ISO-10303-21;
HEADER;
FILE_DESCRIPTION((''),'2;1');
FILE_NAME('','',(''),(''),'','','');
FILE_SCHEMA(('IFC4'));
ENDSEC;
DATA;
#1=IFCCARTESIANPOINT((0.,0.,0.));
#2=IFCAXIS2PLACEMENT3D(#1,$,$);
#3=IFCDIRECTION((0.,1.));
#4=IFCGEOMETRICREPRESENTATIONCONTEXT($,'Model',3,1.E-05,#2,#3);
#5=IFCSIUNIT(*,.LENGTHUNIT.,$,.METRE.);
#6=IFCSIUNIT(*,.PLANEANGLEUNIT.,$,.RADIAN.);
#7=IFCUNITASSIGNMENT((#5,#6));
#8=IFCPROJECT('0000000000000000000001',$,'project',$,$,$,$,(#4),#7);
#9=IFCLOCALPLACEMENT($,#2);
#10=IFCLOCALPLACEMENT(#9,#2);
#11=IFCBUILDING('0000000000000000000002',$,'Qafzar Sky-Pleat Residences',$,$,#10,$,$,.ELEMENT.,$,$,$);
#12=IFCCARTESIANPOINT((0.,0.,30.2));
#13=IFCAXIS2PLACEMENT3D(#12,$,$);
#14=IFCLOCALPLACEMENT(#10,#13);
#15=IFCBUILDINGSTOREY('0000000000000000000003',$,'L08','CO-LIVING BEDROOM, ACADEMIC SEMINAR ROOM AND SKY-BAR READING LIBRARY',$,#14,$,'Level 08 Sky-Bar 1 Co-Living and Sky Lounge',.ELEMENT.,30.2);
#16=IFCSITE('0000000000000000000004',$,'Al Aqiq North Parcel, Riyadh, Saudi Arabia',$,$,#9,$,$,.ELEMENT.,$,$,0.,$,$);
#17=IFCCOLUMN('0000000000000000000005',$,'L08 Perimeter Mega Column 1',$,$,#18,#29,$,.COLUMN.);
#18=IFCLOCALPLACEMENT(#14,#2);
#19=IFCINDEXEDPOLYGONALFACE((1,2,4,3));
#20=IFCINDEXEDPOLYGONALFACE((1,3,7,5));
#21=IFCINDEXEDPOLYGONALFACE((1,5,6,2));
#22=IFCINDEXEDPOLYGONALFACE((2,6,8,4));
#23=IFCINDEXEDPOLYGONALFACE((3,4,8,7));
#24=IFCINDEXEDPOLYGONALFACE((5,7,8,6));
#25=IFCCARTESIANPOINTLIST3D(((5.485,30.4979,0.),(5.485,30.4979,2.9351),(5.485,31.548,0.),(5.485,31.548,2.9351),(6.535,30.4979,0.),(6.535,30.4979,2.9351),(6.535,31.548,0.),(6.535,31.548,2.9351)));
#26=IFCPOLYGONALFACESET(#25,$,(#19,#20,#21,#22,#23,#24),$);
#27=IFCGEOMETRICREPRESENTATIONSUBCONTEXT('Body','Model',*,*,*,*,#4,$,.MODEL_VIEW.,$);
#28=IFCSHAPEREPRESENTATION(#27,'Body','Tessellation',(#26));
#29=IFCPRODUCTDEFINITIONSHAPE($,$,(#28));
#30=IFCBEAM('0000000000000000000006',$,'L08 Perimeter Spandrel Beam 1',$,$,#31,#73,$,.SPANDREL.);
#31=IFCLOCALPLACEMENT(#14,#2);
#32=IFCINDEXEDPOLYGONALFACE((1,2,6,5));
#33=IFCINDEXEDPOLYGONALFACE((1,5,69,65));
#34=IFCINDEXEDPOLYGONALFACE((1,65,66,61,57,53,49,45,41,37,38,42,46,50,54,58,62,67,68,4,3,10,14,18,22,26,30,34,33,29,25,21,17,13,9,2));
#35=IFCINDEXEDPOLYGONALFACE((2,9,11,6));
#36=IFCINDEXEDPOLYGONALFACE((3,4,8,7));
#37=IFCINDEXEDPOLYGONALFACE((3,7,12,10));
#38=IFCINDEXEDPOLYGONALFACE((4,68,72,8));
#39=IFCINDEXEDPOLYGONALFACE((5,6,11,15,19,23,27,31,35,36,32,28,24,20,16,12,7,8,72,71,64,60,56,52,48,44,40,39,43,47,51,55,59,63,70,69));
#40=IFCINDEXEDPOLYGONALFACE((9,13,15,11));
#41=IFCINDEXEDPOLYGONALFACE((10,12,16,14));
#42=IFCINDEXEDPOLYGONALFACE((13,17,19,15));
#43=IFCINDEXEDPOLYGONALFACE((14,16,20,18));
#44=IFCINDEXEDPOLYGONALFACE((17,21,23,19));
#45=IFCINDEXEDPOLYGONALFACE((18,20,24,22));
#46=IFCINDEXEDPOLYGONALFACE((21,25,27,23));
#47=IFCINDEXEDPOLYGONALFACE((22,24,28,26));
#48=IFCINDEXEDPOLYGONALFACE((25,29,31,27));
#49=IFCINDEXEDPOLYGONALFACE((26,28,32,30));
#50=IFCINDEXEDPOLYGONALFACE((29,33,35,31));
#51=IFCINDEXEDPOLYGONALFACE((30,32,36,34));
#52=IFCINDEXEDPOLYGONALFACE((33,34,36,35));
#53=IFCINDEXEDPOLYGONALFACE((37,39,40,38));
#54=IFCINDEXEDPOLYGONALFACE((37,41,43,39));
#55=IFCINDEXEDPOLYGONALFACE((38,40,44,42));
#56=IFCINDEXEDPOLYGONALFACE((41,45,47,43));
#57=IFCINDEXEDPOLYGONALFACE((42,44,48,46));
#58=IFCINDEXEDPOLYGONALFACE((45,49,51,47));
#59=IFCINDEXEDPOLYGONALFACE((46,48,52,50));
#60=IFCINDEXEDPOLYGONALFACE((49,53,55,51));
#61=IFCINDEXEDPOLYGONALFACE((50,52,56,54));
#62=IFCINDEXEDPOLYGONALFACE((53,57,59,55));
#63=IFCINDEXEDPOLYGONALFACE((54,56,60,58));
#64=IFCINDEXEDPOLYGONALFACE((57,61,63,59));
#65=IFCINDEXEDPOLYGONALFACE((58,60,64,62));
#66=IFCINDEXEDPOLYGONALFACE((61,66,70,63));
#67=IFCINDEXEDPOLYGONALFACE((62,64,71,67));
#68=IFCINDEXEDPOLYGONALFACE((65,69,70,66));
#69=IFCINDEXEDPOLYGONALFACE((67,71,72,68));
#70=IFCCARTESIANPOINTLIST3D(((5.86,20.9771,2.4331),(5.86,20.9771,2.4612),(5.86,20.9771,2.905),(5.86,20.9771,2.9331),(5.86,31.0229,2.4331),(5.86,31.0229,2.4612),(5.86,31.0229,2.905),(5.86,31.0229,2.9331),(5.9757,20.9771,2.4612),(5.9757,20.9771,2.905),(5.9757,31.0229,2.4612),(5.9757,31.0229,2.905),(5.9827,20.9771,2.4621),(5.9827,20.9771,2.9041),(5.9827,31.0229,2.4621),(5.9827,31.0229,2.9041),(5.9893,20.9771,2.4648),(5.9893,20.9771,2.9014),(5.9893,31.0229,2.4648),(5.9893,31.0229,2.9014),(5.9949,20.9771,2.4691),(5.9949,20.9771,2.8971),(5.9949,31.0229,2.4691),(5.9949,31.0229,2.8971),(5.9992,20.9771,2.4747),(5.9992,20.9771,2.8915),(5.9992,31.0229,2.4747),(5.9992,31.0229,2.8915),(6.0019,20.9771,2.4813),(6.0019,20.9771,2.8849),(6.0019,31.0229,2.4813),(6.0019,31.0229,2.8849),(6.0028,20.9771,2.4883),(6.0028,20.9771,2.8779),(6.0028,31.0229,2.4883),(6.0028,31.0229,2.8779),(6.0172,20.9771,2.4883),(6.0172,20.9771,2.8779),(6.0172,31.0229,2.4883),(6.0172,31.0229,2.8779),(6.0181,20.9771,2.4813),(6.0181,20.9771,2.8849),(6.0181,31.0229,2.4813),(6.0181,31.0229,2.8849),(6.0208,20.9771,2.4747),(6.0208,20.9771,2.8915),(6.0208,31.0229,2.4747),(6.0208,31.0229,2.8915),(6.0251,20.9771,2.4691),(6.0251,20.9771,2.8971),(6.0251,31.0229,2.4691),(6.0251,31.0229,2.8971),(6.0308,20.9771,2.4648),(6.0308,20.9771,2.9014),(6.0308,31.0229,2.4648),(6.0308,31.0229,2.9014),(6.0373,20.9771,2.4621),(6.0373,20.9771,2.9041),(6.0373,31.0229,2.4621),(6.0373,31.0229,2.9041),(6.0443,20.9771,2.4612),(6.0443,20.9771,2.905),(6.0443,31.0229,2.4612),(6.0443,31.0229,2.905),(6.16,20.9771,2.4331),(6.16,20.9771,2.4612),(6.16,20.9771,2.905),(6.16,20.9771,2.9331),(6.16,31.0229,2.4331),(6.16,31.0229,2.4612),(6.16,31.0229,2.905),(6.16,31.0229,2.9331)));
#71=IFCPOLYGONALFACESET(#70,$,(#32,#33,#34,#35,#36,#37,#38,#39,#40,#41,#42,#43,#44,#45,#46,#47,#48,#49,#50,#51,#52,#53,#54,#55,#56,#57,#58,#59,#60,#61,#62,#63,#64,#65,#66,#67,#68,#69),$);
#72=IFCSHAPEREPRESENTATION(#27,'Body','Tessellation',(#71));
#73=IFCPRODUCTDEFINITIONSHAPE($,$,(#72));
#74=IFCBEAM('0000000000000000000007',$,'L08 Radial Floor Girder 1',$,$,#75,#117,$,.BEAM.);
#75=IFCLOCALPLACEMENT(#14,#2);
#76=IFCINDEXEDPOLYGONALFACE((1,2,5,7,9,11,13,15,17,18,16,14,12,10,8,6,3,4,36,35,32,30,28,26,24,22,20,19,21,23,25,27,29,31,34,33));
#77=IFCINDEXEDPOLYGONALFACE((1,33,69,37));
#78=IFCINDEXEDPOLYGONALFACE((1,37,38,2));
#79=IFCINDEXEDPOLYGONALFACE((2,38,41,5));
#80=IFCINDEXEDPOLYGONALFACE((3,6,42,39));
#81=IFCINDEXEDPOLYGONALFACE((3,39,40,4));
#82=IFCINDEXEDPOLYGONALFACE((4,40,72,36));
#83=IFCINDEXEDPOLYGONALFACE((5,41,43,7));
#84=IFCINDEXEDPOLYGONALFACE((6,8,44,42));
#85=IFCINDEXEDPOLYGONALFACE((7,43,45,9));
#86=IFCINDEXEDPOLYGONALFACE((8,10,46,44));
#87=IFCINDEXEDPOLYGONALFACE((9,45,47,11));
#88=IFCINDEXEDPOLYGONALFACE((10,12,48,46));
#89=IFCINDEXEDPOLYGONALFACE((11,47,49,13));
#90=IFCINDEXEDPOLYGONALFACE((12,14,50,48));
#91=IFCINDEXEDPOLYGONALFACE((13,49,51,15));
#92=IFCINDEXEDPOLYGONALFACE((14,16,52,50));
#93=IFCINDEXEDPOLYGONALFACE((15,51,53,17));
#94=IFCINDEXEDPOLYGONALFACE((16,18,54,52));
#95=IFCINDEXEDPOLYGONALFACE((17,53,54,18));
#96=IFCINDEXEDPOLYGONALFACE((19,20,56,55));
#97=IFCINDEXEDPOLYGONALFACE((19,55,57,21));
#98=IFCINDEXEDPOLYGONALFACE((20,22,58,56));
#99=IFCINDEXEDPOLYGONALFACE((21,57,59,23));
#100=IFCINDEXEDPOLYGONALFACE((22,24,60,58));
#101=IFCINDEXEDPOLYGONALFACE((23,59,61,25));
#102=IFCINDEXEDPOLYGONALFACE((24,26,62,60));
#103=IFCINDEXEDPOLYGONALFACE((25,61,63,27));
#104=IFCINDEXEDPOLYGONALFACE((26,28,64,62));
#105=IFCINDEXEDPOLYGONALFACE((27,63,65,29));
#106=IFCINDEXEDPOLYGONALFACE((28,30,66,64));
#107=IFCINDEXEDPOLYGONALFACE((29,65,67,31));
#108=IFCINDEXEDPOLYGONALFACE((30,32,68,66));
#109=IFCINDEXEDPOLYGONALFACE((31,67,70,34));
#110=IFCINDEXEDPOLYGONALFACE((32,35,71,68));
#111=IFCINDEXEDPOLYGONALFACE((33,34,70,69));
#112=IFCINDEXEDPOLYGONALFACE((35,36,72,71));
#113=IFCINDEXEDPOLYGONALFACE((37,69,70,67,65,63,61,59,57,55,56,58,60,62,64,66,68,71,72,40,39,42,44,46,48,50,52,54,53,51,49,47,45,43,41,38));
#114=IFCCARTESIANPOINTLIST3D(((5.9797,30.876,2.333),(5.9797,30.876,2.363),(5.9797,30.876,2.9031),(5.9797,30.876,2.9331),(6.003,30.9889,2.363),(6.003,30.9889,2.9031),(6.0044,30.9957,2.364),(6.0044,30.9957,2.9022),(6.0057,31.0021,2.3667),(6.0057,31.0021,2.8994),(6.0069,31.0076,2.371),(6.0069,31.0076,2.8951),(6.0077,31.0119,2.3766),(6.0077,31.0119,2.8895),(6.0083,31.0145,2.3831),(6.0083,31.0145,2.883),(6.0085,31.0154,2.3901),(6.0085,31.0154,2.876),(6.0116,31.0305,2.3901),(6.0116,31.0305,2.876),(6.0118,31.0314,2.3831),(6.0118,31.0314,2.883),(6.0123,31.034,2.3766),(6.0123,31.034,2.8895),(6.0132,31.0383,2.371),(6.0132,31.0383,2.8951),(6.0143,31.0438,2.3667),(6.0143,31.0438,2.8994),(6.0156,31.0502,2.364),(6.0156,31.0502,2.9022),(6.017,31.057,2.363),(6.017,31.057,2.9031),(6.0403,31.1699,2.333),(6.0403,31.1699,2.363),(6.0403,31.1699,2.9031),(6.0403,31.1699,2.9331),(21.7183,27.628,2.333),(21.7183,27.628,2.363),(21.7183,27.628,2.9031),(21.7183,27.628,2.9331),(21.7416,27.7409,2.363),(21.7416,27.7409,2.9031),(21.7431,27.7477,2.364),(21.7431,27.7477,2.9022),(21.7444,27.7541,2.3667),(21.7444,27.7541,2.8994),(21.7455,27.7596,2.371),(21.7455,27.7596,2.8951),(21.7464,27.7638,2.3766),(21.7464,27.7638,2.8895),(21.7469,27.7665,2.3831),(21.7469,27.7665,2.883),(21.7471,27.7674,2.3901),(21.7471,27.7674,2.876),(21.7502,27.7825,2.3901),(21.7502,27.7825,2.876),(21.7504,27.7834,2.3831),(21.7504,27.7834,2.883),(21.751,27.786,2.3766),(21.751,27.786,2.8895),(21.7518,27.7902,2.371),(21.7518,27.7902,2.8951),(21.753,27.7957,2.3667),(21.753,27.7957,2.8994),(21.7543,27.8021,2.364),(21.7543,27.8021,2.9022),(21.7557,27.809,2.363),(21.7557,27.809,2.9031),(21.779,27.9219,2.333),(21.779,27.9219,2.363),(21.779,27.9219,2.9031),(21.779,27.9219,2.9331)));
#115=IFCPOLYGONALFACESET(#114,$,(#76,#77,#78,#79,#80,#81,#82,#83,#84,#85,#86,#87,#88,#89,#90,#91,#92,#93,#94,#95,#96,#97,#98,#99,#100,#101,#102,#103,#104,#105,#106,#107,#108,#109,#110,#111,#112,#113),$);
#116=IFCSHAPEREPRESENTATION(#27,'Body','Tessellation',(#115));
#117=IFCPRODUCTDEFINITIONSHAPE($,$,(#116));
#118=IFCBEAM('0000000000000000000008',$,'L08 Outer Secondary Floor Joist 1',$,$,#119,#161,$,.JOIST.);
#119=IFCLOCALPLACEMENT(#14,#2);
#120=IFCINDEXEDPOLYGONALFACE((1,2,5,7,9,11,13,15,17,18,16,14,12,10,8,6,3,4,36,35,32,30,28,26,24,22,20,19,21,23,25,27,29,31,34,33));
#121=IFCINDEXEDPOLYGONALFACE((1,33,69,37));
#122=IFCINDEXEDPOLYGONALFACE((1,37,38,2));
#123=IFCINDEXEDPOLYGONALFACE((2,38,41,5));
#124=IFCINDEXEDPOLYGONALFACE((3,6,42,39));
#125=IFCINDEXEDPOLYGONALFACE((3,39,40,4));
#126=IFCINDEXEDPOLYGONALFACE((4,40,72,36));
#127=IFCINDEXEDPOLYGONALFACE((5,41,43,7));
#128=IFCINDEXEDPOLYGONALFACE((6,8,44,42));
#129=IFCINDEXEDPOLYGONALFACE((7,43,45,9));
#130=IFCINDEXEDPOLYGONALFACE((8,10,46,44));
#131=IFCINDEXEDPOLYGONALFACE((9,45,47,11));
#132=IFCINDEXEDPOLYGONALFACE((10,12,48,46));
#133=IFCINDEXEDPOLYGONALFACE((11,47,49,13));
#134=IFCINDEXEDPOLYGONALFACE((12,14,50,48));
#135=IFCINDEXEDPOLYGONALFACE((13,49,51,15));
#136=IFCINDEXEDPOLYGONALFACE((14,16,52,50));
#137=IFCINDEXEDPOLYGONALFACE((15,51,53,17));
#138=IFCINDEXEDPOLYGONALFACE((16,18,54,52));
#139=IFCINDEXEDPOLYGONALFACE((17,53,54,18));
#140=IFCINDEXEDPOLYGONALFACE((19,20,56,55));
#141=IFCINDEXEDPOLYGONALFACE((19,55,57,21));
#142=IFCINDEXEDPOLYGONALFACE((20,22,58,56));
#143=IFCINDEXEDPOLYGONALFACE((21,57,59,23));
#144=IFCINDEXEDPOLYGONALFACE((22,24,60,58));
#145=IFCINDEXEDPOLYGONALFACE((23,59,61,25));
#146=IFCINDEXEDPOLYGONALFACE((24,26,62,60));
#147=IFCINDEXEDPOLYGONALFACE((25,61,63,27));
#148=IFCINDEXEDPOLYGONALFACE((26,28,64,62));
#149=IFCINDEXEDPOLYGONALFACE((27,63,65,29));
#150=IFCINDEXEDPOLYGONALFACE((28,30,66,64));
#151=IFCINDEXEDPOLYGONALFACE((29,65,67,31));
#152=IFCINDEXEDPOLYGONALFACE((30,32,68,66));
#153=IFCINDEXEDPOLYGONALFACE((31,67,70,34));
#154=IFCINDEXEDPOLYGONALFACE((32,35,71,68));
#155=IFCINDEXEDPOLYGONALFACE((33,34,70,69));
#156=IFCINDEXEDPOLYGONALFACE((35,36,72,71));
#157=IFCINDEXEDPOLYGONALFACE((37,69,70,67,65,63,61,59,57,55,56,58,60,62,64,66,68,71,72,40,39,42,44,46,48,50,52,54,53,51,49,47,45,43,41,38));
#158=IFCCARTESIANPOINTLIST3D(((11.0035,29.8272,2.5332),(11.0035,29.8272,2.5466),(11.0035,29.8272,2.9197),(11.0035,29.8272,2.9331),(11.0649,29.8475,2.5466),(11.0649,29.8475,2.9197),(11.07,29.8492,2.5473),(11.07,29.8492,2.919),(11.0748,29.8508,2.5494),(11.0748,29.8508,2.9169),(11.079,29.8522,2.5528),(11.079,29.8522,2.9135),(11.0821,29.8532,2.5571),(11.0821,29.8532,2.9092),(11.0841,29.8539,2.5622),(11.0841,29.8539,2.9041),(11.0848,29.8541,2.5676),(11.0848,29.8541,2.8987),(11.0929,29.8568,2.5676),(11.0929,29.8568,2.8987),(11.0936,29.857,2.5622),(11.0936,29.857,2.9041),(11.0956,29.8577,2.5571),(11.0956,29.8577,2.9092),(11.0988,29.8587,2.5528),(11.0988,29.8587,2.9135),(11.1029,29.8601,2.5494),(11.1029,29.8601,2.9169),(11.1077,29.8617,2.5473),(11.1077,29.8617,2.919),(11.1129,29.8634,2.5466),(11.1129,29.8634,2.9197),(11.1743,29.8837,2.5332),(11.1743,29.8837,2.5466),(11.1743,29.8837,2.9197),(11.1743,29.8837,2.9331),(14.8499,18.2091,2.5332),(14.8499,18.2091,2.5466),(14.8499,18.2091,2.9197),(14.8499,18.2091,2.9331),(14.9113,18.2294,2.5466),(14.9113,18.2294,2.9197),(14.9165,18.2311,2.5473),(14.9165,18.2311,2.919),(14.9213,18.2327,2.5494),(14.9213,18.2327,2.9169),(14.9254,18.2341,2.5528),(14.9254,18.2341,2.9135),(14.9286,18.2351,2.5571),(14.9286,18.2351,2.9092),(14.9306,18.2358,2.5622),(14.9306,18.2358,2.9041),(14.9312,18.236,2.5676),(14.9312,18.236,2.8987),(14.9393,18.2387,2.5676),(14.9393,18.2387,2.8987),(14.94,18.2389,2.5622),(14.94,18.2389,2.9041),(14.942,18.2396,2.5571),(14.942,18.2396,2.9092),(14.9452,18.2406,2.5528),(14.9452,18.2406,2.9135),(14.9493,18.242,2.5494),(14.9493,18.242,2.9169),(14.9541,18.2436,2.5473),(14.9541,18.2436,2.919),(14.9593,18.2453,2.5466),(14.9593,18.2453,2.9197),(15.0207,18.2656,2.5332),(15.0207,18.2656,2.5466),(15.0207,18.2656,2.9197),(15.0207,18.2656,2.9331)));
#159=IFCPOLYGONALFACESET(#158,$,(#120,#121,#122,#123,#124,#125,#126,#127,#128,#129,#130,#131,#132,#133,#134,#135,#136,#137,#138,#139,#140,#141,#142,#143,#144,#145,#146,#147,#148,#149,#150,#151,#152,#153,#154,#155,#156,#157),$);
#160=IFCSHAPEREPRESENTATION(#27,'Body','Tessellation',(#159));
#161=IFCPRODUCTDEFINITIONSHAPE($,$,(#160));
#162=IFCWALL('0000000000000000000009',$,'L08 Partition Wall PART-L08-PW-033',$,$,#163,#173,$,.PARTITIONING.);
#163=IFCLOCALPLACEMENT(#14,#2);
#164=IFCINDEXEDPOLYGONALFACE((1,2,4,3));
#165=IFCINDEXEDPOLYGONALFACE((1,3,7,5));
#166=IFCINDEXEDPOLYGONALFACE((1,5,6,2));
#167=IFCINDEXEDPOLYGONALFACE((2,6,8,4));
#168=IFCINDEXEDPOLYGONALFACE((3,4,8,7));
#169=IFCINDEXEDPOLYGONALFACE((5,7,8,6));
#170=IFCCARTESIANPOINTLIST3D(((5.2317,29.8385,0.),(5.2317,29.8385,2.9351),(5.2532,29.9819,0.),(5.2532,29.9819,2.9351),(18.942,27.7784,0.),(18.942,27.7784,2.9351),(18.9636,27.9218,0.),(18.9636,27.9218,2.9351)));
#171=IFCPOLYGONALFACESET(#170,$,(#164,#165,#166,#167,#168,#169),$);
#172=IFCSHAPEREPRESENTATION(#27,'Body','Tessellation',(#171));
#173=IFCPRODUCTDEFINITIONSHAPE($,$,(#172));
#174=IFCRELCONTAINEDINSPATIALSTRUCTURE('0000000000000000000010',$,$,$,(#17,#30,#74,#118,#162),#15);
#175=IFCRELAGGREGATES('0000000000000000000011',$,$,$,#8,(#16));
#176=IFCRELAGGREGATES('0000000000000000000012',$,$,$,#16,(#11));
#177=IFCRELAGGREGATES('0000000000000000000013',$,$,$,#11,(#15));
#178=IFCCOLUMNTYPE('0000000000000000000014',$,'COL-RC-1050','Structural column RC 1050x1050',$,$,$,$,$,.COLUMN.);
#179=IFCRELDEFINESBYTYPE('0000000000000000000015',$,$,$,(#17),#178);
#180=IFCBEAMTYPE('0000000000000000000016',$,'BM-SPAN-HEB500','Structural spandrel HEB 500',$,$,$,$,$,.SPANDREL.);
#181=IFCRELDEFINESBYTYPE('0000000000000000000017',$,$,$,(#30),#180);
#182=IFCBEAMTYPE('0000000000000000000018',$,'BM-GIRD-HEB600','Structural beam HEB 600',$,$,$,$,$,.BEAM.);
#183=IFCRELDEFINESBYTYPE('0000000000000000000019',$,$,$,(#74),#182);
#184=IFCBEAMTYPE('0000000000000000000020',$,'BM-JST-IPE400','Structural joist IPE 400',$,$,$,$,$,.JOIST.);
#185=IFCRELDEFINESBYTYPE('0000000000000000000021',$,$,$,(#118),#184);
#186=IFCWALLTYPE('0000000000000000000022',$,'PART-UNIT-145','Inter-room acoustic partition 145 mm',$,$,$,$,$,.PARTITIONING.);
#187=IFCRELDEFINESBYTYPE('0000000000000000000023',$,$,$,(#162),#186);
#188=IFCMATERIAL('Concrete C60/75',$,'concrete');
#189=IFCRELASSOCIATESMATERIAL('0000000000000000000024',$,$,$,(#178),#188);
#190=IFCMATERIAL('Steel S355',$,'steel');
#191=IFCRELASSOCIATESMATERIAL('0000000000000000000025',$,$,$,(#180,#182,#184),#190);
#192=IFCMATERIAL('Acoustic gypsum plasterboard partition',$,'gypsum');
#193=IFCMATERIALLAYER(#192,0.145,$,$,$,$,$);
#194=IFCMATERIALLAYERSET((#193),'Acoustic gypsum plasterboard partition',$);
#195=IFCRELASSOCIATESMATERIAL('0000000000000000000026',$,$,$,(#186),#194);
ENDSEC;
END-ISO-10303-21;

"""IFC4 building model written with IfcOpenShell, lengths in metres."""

from ifc_helpers import new_model, si_unit, direction, frame, frame_2d, origin, origin_2d, place, context, subcontext, project, spatial, rectangle, i_section, extrude, source, transform, mapped, material, layer, layer_set, material_profile, profile_set, type_object, element, save


model = new_model("IFC4")

# Units and contexts
model_context = context("Model", 3, precision=1e-05, world=origin(), true_north=direction((0.0, 1.0)))
body_context = subcontext(model_context, "Body", "Model", "MODEL_VIEW")
ifc_project = project(units=[si_unit("LENGTHUNIT", "METRE"), si_unit("PLANEANGLEUNIT", "RADIAN")], contexts=[model_context])

# Site, building, storey
site_placement = place(None, origin())
site = spatial("IfcSite", under=ifc_project, at=site_placement, Name="Al Aqiq North Parcel, Riyadh, Saudi Arabia", CompositionType="ELEMENT", RefElevation=0.0)
building_placement = place(site_placement, origin())
building = spatial("IfcBuilding", under=site, at=building_placement, Name="Qafzar Sky-Pleat Residences", CompositionType="ELEMENT")
storey_placement = place(building_placement, frame((0.0, 0.0, 30.2)))
storey = spatial("IfcBuildingStorey", under=building, at=storey_placement, Name="L08", Description="CO-LIVING BEDROOM, ACADEMIC SEMINAR ROOM AND SKY-BAR READING LIBRARY", LongName="Level 08 Sky-Bar 1 Co-Living and Sky Lounge", CompositionType="ELEMENT", Elevation=30.2)

# Column
ifc_material_1 = material(Name="Concrete C60/75", Category="concrete")
ifc_material_profile_1 = material_profile(ifc_material_1, rectangle(XDim=1.05, YDim=1.05, at=origin_2d()), Name="RC 1050x1050")
ifc_profile_set_1 = profile_set([ifc_material_profile_1], Name="Concrete C60/75")
column_type = type_object("IfcColumnType", Name="COL-RC-1050", Description="Structural column RC 1050x1050", PredefinedType="COLUMN", material=ifc_profile_set_1)
shared_shape_1 = source(origin(), body_context, "Body", "SweptSolid", [
    extrude(rectangle(XDim=1.05, YDim=1.05, at=origin_2d()), origin(), (0.0, 0.0, 1.0), 2.9351),
])
column_placement = place(storey_placement, frame((6.01, 31.0229, 0.0), z_axis=(0.0, 0.0, 1.0), x_axis=(1.0, 0.0, 0.0)))
element("IfcColumn", 1, at=column_placement, inside=storey, type_object=column_type, Name="L08 Perimeter Mega Column 1", PredefinedType="COLUMN", context=body_context, shape_type="MappedRepresentation", body=[
    mapped(shared_shape_1, transform((0.0, 0.0, 0.0), x_axis=(1.0, 0.0, 0.0), y_axis=(0.0, 1.0, 0.0), z_axis=(0.0, 0.0, 1.0), scale=1.0)),
])

# Beams
ifc_material_2 = material(Name="Steel S355", Category="steel")
ifc_material_profile_2 = material_profile(ifc_material_2, i_section(OverallWidth=0.3, OverallDepth=0.5, WebThickness=0.0144, FlangeThickness=0.0281, FilletRadius=0.0271, at=origin_2d()), Name="HEB 500")
ifc_profile_set_2 = profile_set([ifc_material_profile_2], Name="Steel S355")
beam_type_1 = type_object("IfcBeamType", Name="BM-SPAN-HEB500", Description="Structural spandrel HEB 500", PredefinedType="SPANDREL", material=ifc_profile_set_2)
shared_shape_2 = source(origin(), body_context, "Body", "SweptSolid", [
    extrude(i_section(OverallWidth=0.3, OverallDepth=0.5, WebThickness=0.0144, FlangeThickness=0.0281, FilletRadius=0.0271, at=origin_2d()), origin(), (0.0, 0.0, 1.0), 10.0459),
])
beam_1_placement = place(storey_placement, frame((6.01, 31.0229, 2.6831), z_axis=(0.0, -1.0, 0.0), x_axis=(1.0, 0.0, 0.0)))
element("IfcBeam", 2, at=beam_1_placement, inside=storey, type_object=beam_type_1, Name="L08 Perimeter Spandrel Beam 1", PredefinedType="SPANDREL", context=body_context, shape_type="MappedRepresentation", body=[
    mapped(shared_shape_2, transform((0.0, 0.0, 0.0), x_axis=(1.0, 0.0, 0.0), y_axis=(0.0, 1.0, 0.0), z_axis=(0.0, 0.0, 1.0), scale=1.0)),
])
ifc_material_profile_3 = material_profile(ifc_material_2, i_section(OverallWidth=0.3, OverallDepth=0.6001, WebThickness=0.0154, FlangeThickness=0.03, FilletRadius=0.0271, at=origin_2d()), Name="HEB 600")
ifc_profile_set_3 = profile_set([ifc_material_profile_3], Name="Steel S355")
beam_type_2 = type_object("IfcBeamType", Name="BM-GIRD-HEB600", Description="Structural beam HEB 600", PredefinedType="BEAM", material=ifc_profile_set_3)
shared_shape_3 = source(origin(), body_context, "Body", "SweptSolid", [
    extrude(i_section(OverallWidth=0.3, OverallDepth=0.6001, WebThickness=0.0154, FlangeThickness=0.03, FilletRadius=0.0271, at=origin_2d()), origin(), (0.0, 0.0, 1.0), 16.0703),
])
beam_2_placement = place(storey_placement, frame((6.01, 31.0229, 2.6331), z_axis=(0.979362, -0.202113, 0.0), x_axis=(0.202113, 0.979362, 0.0)))
element("IfcBeam", 3, at=beam_2_placement, inside=storey, type_object=beam_type_2, Name="L08 Radial Floor Girder 1", PredefinedType="BEAM", context=body_context, shape_type="MappedRepresentation", body=[
    mapped(shared_shape_3, transform((0.0, 0.0, 0.0), x_axis=(1.0, 0.0, 0.0), y_axis=(0.0, 1.0, 0.0), z_axis=(0.0, 0.0, 1.0), scale=1.0)),
])
ifc_material_profile_4 = material_profile(ifc_material_2, i_section(OverallWidth=0.1799, OverallDepth=0.3999, WebThickness=0.0085, FlangeThickness=0.0134, FilletRadius=0.021, at=origin_2d()), Name="IPE 400")
ifc_profile_set_4 = profile_set([ifc_material_profile_4], Name="Steel S355")
beam_type_3 = type_object("IfcBeamType", Name="BM-JST-IPE400", Description="Structural joist IPE 400", PredefinedType="JOIST", material=ifc_profile_set_4)
shared_shape_4 = source(origin(), body_context, "Body", "SweptSolid", [
    extrude(i_section(OverallWidth=0.1799, OverallDepth=0.3999, WebThickness=0.0085, FlangeThickness=0.0134, FilletRadius=0.021, at=origin_2d()), origin(), (0.0, 0.0, 1.0), 12.2383),
])
beam_3_placement = place(storey_placement, frame((11.0889, 29.8555, 2.7332), z_axis=(0.314294, -0.949326, 0.0), x_axis=(0.949326, 0.314294, 0.0)))
element("IfcBeam", 4, at=beam_3_placement, inside=storey, type_object=beam_type_3, Name="L08 Outer Secondary Floor Joist 1", PredefinedType="JOIST", context=body_context, shape_type="MappedRepresentation", body=[
    mapped(shared_shape_4, transform((0.0, 0.0, 0.0), x_axis=(1.0, 0.0, 0.0), y_axis=(0.0, 1.0, 0.0), z_axis=(0.0, 0.0, 1.0), scale=1.0)),
])

# Wall
ifc_material_3 = material(Name="Acoustic gypsum plasterboard partition", Category="gypsum")
ifc_layer_1 = layer(ifc_material_3, 0.145)
ifc_layer_set_1 = layer_set([ifc_layer_1], Name="Acoustic gypsum plasterboard partition")
wall_type_1 = type_object("IfcWallType", Name="PART-UNIT-145", Description="Inter-room acoustic partition 145 mm", PredefinedType="PARTITIONING", material=ifc_layer_set_1)
wall_1_placement = place(storey_placement, frame((5.2424, 29.9102, 0.0), z_axis=(0.0, 0.0, 1.0), x_axis=(0.988899, -0.148587, 0.0)))
element("IfcWall", 5, at=wall_1_placement, inside=storey, type_object=wall_type_1, Name="L08 Partition Wall PART-L08-PW-033", PredefinedType="PARTITIONING", context=body_context, shape_type="SweptSolid", body=[
    extrude(rectangle(XDim=13.8643, YDim=0.145, at=frame_2d((6.9321, 0.0))), origin(), (0.0, 0.0, 1.0), 2.9351),
])

save(model, "model.ifc")
